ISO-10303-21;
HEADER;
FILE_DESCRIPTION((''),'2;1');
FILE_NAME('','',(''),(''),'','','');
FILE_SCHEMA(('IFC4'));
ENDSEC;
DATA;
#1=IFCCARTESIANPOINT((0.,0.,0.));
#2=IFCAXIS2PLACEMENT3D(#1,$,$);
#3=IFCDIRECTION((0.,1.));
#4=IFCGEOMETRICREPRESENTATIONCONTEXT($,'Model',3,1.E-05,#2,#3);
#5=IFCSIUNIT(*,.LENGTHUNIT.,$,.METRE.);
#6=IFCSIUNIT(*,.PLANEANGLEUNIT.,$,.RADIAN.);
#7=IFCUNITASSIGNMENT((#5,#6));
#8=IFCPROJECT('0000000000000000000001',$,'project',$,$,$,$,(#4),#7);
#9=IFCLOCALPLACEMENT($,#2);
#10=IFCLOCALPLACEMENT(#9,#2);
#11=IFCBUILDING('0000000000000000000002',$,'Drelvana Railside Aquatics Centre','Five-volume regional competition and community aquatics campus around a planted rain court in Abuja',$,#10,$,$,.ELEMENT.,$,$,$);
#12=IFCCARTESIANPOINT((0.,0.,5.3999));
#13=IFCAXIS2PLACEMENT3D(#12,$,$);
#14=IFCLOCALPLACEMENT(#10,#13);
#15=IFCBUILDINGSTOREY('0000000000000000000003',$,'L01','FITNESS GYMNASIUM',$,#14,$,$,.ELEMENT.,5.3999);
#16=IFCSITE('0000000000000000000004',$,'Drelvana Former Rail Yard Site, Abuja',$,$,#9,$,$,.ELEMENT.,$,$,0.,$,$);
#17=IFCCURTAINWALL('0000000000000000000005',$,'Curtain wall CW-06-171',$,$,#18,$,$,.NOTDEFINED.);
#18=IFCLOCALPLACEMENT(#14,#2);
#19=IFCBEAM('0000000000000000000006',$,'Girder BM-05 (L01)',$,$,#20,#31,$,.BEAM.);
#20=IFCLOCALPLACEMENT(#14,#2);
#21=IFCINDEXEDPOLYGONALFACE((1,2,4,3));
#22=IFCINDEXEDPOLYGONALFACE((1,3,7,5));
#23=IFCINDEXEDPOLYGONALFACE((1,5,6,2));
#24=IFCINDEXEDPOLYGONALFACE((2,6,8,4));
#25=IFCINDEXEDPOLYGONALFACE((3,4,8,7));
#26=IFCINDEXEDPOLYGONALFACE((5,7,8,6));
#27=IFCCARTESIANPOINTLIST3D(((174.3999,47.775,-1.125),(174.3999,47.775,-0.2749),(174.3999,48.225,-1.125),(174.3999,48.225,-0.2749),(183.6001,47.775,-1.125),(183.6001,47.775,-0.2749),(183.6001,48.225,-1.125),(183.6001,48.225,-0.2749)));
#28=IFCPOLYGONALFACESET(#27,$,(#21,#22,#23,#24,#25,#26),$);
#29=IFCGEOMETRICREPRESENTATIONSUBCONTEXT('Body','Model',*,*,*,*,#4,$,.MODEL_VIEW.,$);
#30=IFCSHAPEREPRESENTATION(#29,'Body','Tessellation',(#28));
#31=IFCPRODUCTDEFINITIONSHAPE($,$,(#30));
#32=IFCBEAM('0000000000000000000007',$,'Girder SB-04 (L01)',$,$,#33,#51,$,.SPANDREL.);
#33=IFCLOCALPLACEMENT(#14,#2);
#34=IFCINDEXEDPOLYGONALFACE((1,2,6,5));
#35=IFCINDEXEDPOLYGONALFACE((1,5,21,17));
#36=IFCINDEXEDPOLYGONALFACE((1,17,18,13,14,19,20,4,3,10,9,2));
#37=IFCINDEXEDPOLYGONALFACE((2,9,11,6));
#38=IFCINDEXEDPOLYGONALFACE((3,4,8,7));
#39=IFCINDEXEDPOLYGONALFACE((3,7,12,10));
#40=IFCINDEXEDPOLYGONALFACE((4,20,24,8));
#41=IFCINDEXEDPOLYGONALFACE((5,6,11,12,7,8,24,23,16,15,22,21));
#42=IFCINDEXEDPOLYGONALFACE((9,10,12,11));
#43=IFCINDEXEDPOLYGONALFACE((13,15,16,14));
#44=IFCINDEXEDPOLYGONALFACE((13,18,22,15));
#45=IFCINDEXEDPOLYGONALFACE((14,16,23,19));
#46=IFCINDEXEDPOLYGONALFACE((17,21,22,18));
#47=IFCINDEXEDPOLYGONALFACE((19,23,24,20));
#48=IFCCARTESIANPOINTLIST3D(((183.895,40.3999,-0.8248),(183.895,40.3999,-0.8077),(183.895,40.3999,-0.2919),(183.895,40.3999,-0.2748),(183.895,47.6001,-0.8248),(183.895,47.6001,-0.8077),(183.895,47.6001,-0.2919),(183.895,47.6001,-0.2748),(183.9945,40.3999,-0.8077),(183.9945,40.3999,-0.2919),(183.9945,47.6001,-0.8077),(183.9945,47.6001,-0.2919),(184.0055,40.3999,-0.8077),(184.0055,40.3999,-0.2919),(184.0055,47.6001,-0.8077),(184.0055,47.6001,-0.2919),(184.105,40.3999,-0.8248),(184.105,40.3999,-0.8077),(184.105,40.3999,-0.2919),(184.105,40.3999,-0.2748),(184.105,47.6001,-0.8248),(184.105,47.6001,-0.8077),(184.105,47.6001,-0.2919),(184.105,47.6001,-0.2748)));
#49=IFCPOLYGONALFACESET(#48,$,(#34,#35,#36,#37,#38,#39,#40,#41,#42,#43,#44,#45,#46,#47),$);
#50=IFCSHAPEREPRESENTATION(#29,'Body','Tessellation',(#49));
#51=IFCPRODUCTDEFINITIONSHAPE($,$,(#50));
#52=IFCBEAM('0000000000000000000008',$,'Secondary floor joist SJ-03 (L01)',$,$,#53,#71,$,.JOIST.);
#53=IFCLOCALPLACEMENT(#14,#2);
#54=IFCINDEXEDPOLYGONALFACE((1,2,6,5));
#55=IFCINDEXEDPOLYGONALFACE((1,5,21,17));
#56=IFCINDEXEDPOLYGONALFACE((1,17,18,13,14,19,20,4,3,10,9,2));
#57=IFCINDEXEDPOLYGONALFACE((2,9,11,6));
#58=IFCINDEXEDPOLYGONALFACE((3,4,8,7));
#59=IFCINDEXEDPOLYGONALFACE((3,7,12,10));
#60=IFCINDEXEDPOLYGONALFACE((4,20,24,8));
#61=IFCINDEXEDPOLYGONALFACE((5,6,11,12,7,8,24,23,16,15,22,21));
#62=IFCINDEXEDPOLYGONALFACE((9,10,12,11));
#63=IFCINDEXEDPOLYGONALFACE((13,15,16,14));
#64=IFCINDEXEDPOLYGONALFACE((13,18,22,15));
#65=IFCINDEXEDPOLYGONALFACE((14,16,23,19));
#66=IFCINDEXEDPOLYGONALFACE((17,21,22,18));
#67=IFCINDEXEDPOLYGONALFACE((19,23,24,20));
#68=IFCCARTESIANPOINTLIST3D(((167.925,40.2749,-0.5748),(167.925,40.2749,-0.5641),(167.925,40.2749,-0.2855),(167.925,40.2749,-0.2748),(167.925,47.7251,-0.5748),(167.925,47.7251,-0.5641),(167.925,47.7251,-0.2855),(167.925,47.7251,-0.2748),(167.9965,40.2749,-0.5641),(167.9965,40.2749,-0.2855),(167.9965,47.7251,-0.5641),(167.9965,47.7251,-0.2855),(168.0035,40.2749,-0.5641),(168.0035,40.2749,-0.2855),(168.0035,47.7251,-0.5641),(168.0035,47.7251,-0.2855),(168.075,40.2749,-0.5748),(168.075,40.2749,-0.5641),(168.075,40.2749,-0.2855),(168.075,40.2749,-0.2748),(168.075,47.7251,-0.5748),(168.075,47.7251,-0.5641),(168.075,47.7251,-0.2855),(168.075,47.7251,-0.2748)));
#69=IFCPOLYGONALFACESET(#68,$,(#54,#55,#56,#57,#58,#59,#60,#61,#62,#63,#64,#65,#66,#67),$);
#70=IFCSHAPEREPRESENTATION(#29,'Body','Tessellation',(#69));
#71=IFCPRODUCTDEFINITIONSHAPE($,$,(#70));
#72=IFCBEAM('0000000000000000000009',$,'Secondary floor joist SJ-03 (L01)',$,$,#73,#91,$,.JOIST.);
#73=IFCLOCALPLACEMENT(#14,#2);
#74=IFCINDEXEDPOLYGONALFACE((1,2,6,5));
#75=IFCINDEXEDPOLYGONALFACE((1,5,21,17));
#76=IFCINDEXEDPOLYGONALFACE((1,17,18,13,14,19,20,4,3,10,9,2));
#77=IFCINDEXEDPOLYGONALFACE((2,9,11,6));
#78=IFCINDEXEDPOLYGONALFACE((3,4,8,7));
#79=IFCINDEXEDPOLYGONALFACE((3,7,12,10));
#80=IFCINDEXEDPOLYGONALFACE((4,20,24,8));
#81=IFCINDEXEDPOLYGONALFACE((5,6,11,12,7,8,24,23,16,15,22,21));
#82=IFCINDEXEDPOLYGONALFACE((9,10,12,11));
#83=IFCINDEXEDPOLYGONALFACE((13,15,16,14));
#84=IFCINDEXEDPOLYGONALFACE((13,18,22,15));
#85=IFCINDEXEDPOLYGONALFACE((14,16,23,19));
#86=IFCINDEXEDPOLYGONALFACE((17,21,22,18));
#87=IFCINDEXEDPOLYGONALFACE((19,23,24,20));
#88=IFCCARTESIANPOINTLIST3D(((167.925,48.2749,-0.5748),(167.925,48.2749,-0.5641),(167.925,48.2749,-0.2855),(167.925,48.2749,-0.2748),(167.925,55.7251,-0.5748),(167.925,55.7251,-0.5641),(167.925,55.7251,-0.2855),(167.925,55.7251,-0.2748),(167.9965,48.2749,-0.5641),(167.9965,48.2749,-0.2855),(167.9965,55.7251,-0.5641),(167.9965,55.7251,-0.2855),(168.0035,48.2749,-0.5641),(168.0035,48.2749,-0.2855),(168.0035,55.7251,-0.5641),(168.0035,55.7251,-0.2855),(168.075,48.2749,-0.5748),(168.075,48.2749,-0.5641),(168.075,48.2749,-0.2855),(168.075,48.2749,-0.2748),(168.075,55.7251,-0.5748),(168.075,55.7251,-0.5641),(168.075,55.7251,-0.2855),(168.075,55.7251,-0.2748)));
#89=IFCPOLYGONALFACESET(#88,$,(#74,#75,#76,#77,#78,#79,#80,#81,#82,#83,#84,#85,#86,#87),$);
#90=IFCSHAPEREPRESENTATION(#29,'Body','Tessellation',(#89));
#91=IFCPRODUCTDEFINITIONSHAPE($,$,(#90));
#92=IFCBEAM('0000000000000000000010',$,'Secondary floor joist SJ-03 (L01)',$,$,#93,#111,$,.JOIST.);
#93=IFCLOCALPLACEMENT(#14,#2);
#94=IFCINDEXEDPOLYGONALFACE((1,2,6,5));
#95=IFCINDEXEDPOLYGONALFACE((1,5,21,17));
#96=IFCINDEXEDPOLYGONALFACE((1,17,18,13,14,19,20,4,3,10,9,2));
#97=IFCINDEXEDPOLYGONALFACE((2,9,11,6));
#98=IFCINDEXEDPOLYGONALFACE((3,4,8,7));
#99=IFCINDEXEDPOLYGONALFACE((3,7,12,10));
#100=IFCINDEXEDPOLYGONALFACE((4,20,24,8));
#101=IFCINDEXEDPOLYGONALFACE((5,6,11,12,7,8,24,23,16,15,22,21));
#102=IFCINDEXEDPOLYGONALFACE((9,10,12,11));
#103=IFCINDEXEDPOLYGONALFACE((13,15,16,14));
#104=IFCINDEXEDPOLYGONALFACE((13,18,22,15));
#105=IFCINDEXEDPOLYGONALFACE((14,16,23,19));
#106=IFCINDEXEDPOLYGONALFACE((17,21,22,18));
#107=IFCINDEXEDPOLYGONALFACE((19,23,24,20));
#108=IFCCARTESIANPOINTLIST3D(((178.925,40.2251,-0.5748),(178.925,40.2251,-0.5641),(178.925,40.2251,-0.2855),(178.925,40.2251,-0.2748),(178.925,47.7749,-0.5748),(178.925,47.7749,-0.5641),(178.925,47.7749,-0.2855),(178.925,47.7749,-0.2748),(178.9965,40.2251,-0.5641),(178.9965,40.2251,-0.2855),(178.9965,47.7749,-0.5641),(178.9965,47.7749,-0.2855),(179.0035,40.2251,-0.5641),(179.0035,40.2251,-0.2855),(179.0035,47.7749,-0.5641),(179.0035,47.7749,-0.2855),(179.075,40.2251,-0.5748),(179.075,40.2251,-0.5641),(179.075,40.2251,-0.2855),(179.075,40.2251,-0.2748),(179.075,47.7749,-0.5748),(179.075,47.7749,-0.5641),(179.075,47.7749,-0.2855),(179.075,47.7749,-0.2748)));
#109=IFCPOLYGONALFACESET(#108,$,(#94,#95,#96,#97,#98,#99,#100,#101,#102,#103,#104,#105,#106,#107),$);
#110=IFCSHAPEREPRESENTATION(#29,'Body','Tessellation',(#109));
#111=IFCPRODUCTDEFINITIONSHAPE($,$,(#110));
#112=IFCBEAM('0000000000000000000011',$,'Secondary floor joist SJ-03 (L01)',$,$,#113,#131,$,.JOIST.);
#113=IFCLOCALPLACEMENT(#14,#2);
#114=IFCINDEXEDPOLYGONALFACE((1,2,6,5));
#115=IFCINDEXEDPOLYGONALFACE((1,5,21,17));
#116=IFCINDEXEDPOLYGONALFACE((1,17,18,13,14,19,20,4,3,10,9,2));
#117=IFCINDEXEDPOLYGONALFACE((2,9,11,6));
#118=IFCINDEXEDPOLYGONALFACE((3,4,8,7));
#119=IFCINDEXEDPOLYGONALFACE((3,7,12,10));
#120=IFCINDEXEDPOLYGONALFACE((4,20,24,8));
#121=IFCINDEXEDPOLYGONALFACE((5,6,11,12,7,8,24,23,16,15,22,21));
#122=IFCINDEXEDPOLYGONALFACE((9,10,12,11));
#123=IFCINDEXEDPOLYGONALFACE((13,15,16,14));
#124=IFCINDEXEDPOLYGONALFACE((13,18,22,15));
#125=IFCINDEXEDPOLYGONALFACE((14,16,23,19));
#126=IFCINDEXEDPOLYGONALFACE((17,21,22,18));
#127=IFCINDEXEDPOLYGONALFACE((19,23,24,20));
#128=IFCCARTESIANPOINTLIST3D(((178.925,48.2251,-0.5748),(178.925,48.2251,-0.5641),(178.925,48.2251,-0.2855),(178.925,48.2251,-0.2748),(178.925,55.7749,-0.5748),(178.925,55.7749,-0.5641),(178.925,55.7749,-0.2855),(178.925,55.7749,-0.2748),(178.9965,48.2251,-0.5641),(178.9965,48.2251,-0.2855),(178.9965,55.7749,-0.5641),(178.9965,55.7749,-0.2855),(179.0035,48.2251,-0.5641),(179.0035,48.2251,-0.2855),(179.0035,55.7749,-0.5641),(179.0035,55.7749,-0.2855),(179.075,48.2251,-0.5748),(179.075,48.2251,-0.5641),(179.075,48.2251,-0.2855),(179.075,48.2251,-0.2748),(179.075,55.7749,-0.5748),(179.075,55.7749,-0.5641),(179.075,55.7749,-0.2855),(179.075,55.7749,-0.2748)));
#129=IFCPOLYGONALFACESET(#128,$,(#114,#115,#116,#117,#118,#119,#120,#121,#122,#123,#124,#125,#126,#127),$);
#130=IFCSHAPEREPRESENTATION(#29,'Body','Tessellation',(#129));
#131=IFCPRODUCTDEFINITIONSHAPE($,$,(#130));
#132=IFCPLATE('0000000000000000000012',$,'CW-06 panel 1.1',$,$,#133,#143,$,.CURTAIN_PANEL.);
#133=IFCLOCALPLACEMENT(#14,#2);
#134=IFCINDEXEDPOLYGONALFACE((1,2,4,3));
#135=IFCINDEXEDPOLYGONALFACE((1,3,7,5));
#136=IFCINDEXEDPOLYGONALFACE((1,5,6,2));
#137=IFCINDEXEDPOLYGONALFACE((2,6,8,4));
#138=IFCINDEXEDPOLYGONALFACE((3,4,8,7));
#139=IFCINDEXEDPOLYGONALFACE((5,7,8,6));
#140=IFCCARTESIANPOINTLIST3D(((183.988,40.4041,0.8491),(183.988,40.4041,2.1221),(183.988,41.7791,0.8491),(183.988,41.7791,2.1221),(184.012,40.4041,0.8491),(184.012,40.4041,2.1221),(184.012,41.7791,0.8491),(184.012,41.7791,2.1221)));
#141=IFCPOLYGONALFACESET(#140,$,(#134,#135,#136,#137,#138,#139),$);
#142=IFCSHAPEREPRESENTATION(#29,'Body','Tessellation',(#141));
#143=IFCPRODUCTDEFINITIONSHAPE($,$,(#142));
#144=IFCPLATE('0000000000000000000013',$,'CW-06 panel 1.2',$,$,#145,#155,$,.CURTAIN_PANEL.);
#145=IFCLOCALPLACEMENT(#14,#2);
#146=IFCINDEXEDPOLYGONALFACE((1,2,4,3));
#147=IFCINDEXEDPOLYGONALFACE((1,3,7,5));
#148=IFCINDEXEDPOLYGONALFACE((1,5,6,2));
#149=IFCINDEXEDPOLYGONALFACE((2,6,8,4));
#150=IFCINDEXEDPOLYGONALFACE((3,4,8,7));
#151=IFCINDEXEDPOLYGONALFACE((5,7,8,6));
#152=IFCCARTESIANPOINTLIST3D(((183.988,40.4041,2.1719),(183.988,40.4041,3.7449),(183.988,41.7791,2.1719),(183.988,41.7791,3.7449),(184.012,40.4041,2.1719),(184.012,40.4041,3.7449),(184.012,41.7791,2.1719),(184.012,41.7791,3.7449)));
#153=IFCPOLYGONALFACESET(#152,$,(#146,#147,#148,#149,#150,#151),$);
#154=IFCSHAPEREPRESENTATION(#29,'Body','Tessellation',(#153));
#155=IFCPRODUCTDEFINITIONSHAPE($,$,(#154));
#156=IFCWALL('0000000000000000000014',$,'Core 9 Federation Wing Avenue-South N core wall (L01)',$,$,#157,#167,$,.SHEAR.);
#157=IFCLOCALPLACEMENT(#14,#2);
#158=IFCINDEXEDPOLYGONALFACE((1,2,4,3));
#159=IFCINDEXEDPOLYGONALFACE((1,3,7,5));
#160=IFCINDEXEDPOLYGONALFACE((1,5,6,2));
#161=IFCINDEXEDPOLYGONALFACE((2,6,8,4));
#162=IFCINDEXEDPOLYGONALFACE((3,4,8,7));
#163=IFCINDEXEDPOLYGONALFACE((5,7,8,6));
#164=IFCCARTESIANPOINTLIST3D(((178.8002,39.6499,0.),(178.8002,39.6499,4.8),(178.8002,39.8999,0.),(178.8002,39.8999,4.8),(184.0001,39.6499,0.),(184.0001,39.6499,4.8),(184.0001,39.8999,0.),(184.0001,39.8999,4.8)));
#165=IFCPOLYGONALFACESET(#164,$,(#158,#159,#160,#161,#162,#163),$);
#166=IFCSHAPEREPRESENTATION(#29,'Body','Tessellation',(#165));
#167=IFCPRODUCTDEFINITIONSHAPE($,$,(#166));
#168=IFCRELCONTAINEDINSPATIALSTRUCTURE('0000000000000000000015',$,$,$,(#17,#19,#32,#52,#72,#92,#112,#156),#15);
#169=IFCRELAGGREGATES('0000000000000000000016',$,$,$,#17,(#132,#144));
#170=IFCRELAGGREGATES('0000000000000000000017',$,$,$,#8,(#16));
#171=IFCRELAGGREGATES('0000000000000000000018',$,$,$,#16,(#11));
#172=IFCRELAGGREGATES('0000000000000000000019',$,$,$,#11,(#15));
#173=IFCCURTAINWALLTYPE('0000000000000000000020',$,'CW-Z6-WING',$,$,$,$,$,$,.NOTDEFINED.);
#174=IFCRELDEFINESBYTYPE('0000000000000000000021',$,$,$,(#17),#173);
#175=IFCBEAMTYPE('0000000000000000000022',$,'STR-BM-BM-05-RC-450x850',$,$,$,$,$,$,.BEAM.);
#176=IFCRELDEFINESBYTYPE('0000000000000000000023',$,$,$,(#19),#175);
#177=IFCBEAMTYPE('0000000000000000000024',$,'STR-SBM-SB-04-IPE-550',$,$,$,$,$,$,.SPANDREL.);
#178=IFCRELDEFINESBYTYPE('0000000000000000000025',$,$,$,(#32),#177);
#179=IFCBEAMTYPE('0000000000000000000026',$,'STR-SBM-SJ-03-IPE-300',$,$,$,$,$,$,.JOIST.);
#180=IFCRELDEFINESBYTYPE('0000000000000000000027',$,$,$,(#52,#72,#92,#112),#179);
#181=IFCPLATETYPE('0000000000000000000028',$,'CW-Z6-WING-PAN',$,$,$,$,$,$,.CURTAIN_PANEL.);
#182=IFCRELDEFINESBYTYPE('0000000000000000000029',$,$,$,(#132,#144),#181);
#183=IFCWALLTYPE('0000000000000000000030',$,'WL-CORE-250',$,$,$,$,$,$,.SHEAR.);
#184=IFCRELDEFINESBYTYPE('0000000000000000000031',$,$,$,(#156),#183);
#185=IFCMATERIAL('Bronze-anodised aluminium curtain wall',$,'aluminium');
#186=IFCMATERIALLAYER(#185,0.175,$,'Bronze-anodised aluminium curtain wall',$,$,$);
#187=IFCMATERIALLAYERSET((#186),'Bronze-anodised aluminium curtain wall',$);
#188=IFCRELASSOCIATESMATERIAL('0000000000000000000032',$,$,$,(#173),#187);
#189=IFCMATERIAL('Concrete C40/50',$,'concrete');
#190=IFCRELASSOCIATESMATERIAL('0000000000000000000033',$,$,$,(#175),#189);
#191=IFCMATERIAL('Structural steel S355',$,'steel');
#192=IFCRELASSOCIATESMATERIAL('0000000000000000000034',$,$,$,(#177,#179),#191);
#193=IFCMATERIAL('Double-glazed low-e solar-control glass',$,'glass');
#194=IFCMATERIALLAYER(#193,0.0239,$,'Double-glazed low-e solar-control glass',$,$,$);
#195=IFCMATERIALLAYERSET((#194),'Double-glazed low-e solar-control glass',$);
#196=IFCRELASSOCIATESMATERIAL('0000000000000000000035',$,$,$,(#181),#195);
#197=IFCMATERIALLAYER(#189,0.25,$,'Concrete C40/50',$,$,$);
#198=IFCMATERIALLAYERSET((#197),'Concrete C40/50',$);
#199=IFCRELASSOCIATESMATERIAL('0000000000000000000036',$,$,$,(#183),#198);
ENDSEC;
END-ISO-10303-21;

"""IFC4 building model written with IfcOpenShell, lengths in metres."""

from ifc_helpers import new_model, si_unit, direction, frame, frame_2d, origin, origin_2d, place, context, subcontext, project, spatial, rectangle, i_section, extrude, material, layer, layer_set, material_profile, profile_set, type_object, element, aggregate, save


model = new_model("IFC4")

# Units and contexts
model_context = context("Model", 3, precision=1e-05, world=origin(), true_north=direction((0.0, 1.0)))
body_context = subcontext(model_context, "Body", "Model", "MODEL_VIEW")
ifc_project = project(units=[si_unit("LENGTHUNIT", "METRE"), si_unit("PLANEANGLEUNIT", "RADIAN")], contexts=[model_context])

# Site, building, storey
site_placement = place(None, origin())
site = spatial("IfcSite", under=ifc_project, at=site_placement, Name="Drelvana Former Rail Yard Site, Abuja", CompositionType="ELEMENT", RefElevation=0.0)
building_placement = place(site_placement, origin())
building = spatial("IfcBuilding", under=site, at=building_placement, Name="Drelvana Railside Aquatics Centre", Description="Five-volume regional competition and community aquatics campus around a planted rain court in Abuja", CompositionType="ELEMENT")
storey_placement = place(building_placement, frame((0.0, 0.0, 5.3999)))
storey = spatial("IfcBuildingStorey", under=building, at=storey_placement, Name="L01", Description="FITNESS GYMNASIUM", CompositionType="ELEMENT", Elevation=5.3999)

# Shared definitions
ifc_material_1 = material(Name="Concrete C40/50", Category="concrete")

# Curtain wall
ifc_material_2 = material(Name="Bronze-anodised aluminium curtain wall", Category="aluminium")
ifc_layer_1 = layer(ifc_material_2, 0.175, Name="Bronze-anodised aluminium curtain wall")
ifc_layer_set_1 = layer_set([ifc_layer_1], Name="Bronze-anodised aluminium curtain wall")
curtain_wall_type = type_object("IfcCurtainWallType", Name="CW-Z6-WING", PredefinedType="NOTDEFINED", material=ifc_layer_set_1)
curtain_wall_placement = place(storey_placement, origin())
curtain_wall = element("IfcCurtainWall", 1, at=curtain_wall_placement, inside=storey, type_object=curtain_wall_type, Name="Curtain wall CW-06-171", PredefinedType="NOTDEFINED")

# Beams
ifc_material_profile_1 = material_profile(ifc_material_1, rectangle(XDim=0.45, YDim=0.8501, at=origin_2d()), Name="RC 450x850")
ifc_profile_set_1 = profile_set([ifc_material_profile_1], Name="Concrete C40/50")
beam_type_1 = type_object("IfcBeamType", Name="STR-BM-BM-05-RC-450x850", PredefinedType="BEAM", material=ifc_profile_set_1)
for number, where, z_axis, x_axis, name in (
    (2, (174.3999, 48.0, -0.7), (1.0, 0.0, 0.0), (0.0, 1.0, 0.0), "Girder BM-05 (L01)"),
):
    element("IfcBeam", number, at=place(storey_placement, frame(where, z_axis=z_axis, x_axis=x_axis)), inside=storey, type_object=beam_type_1, Name=name, PredefinedType="BEAM", context=body_context, shape_type="SweptSolid", body=[
        extrude(rectangle(XDim=0.45, YDim=0.8501, at=origin_2d()), origin(), (0.0, 0.0, 1.0), 9.2002),
    ])
ifc_material_3 = material(Name="Structural steel S355", Category="steel")
ifc_material_profile_2 = material_profile(ifc_material_3, i_section(OverallWidth=0.21, OverallDepth=0.55, WebThickness=0.011, FlangeThickness=0.0171, at=origin_2d()), Name="IPE 550")
ifc_profile_set_2 = profile_set([ifc_material_profile_2], Name="Structural steel S355")
beam_type_2 = type_object("IfcBeamType", Name="STR-SBM-SB-04-IPE-550", PredefinedType="SPANDREL", material=ifc_profile_set_2)
beam_placement = place(storey_placement, frame((184.0, 40.3999, -0.5498), z_axis=(0.0, 1.0, 0.0), x_axis=(-1.0, 0.0, 0.0)))
element("IfcBeam", 3, at=beam_placement, inside=storey, type_object=beam_type_2, Name="Girder SB-04 (L01)", PredefinedType="SPANDREL", context=body_context, shape_type="SweptSolid", body=[
    extrude(i_section(OverallWidth=0.21, OverallDepth=0.55, WebThickness=0.011, FlangeThickness=0.0171, at=origin_2d()), origin(), (0.0, 0.0, 1.0), 7.2002),
])
ifc_material_profile_3 = material_profile(ifc_material_3, i_section(OverallWidth=0.1499, OverallDepth=0.3, WebThickness=0.0071, FlangeThickness=0.0107, at=origin_2d()), Name="IPE 300")
ifc_profile_set_3 = profile_set([ifc_material_profile_3], Name="Structural steel S355")
beam_type_3 = type_object("IfcBeamType", Name="STR-SBM-SJ-03-IPE-300", PredefinedType="JOIST", material=ifc_profile_set_3)
for number, where, z_axis, x_axis, name in (
    (4, (168.0, 40.2749, -0.4248), (0.0, 1.0, 0.0), (-1.0, 0.0, 0.0), "Secondary floor joist SJ-03 (L01)"),
    (5, (168.0, 48.2749, -0.4248), (0.0, 1.0, 0.0), (-1.0, 0.0, 0.0), "Secondary floor joist SJ-03 (L01)"),
):
    element("IfcBeam", number, at=place(storey_placement, frame(where, z_axis=z_axis, x_axis=x_axis)), inside=storey, type_object=beam_type_3, Name=name, PredefinedType="JOIST", context=body_context, shape_type="SweptSolid", body=[
        extrude(i_section(OverallWidth=0.1499, OverallDepth=0.3, WebThickness=0.0071, FlangeThickness=0.0107, at=origin_2d()), origin(), (0.0, 0.0, 1.0), 7.4502),
    ])
for number, where, z_axis, x_axis, name in (
    (6, (179.0, 40.2251, -0.4248), (0.0, 1.0, 0.0), (-1.0, 0.0, 0.0), "Secondary floor joist SJ-03 (L01)"),
    (7, (179.0, 48.2251, -0.4248), (0.0, 1.0, 0.0), (-1.0, 0.0, 0.0), "Secondary floor joist SJ-03 (L01)"),
):
    element("IfcBeam", number, at=place(storey_placement, frame(where, z_axis=z_axis, x_axis=x_axis)), inside=storey, type_object=beam_type_3, Name=name, PredefinedType="JOIST", context=body_context, shape_type="SweptSolid", body=[
        extrude(i_section(OverallWidth=0.1499, OverallDepth=0.3, WebThickness=0.0071, FlangeThickness=0.0107, at=origin_2d()), origin(), (0.0, 0.0, 1.0), 7.5498),
    ])

# Plates
ifc_material_4 = material(Name="Double-glazed low-e solar-control glass", Category="glass")
ifc_layer_2 = layer(ifc_material_4, 0.0239, Name="Double-glazed low-e solar-control glass")
ifc_layer_set_2 = layer_set([ifc_layer_2], Name="Double-glazed low-e solar-control glass")
plate_type = type_object("IfcPlateType", Name="CW-Z6-WING-PAN", PredefinedType="CURTAIN_PANEL", material=ifc_layer_set_2)
plate_1_placement = place(storey_placement, frame((184.0, 41.0916, 0.8491), z_axis=(0.0, 0.0, 1.0), x_axis=(0.0, 1.0, 0.0)))
plate_1 = element("IfcPlate", 8, at=plate_1_placement, type_object=plate_type, Name="CW-06 panel 1.1", PredefinedType="CURTAIN_PANEL", context=body_context, shape_type="SweptSolid", body=[
    extrude(rectangle(XDim=1.375, YDim=0.0239, at=origin_2d()), origin(), (0.0, 0.0, 1.0), 1.2729),
])
plate_2_placement = place(storey_placement, frame((184.0, 41.0916, 2.1719), z_axis=(0.0, 0.0, 1.0), x_axis=(0.0, 1.0, 0.0)))
plate_2 = element("IfcPlate", 9, at=plate_2_placement, type_object=plate_type, Name="CW-06 panel 1.2", PredefinedType="CURTAIN_PANEL", context=body_context, shape_type="SweptSolid", body=[
    extrude(rectangle(XDim=1.375, YDim=0.0239, at=origin_2d()), origin(), (0.0, 0.0, 1.0), 1.573),
])
aggregate(curtain_wall, [plate_1, plate_2])

# Wall
ifc_layer_3 = layer(ifc_material_1, 0.25, Name="Concrete C40/50")
ifc_layer_set_3 = layer_set([ifc_layer_3], Name="Concrete C40/50")
wall_type_1 = type_object("IfcWallType", Name="WL-CORE-250", PredefinedType="SHEAR", material=ifc_layer_set_3)
wall_1_placement = place(storey_placement, frame((178.8, 39.7749, 0.0), z_axis=(0.0, 0.0, 1.0), x_axis=(1.0, 0.0, 0.0)))
element("IfcWall", 10, at=wall_1_placement, inside=storey, type_object=wall_type_1, Name="Core 9 Federation Wing Avenue-South N core wall (L01)", PredefinedType="SHEAR", context=body_context, shape_type="SweptSolid", body=[
    extrude(rectangle(XDim=5.2, YDim=0.25, at=frame_2d((2.6001, 0.0))), origin(), (0.0, 0.0, 1.0), 4.8),
])

save(model, "model.ifc")
